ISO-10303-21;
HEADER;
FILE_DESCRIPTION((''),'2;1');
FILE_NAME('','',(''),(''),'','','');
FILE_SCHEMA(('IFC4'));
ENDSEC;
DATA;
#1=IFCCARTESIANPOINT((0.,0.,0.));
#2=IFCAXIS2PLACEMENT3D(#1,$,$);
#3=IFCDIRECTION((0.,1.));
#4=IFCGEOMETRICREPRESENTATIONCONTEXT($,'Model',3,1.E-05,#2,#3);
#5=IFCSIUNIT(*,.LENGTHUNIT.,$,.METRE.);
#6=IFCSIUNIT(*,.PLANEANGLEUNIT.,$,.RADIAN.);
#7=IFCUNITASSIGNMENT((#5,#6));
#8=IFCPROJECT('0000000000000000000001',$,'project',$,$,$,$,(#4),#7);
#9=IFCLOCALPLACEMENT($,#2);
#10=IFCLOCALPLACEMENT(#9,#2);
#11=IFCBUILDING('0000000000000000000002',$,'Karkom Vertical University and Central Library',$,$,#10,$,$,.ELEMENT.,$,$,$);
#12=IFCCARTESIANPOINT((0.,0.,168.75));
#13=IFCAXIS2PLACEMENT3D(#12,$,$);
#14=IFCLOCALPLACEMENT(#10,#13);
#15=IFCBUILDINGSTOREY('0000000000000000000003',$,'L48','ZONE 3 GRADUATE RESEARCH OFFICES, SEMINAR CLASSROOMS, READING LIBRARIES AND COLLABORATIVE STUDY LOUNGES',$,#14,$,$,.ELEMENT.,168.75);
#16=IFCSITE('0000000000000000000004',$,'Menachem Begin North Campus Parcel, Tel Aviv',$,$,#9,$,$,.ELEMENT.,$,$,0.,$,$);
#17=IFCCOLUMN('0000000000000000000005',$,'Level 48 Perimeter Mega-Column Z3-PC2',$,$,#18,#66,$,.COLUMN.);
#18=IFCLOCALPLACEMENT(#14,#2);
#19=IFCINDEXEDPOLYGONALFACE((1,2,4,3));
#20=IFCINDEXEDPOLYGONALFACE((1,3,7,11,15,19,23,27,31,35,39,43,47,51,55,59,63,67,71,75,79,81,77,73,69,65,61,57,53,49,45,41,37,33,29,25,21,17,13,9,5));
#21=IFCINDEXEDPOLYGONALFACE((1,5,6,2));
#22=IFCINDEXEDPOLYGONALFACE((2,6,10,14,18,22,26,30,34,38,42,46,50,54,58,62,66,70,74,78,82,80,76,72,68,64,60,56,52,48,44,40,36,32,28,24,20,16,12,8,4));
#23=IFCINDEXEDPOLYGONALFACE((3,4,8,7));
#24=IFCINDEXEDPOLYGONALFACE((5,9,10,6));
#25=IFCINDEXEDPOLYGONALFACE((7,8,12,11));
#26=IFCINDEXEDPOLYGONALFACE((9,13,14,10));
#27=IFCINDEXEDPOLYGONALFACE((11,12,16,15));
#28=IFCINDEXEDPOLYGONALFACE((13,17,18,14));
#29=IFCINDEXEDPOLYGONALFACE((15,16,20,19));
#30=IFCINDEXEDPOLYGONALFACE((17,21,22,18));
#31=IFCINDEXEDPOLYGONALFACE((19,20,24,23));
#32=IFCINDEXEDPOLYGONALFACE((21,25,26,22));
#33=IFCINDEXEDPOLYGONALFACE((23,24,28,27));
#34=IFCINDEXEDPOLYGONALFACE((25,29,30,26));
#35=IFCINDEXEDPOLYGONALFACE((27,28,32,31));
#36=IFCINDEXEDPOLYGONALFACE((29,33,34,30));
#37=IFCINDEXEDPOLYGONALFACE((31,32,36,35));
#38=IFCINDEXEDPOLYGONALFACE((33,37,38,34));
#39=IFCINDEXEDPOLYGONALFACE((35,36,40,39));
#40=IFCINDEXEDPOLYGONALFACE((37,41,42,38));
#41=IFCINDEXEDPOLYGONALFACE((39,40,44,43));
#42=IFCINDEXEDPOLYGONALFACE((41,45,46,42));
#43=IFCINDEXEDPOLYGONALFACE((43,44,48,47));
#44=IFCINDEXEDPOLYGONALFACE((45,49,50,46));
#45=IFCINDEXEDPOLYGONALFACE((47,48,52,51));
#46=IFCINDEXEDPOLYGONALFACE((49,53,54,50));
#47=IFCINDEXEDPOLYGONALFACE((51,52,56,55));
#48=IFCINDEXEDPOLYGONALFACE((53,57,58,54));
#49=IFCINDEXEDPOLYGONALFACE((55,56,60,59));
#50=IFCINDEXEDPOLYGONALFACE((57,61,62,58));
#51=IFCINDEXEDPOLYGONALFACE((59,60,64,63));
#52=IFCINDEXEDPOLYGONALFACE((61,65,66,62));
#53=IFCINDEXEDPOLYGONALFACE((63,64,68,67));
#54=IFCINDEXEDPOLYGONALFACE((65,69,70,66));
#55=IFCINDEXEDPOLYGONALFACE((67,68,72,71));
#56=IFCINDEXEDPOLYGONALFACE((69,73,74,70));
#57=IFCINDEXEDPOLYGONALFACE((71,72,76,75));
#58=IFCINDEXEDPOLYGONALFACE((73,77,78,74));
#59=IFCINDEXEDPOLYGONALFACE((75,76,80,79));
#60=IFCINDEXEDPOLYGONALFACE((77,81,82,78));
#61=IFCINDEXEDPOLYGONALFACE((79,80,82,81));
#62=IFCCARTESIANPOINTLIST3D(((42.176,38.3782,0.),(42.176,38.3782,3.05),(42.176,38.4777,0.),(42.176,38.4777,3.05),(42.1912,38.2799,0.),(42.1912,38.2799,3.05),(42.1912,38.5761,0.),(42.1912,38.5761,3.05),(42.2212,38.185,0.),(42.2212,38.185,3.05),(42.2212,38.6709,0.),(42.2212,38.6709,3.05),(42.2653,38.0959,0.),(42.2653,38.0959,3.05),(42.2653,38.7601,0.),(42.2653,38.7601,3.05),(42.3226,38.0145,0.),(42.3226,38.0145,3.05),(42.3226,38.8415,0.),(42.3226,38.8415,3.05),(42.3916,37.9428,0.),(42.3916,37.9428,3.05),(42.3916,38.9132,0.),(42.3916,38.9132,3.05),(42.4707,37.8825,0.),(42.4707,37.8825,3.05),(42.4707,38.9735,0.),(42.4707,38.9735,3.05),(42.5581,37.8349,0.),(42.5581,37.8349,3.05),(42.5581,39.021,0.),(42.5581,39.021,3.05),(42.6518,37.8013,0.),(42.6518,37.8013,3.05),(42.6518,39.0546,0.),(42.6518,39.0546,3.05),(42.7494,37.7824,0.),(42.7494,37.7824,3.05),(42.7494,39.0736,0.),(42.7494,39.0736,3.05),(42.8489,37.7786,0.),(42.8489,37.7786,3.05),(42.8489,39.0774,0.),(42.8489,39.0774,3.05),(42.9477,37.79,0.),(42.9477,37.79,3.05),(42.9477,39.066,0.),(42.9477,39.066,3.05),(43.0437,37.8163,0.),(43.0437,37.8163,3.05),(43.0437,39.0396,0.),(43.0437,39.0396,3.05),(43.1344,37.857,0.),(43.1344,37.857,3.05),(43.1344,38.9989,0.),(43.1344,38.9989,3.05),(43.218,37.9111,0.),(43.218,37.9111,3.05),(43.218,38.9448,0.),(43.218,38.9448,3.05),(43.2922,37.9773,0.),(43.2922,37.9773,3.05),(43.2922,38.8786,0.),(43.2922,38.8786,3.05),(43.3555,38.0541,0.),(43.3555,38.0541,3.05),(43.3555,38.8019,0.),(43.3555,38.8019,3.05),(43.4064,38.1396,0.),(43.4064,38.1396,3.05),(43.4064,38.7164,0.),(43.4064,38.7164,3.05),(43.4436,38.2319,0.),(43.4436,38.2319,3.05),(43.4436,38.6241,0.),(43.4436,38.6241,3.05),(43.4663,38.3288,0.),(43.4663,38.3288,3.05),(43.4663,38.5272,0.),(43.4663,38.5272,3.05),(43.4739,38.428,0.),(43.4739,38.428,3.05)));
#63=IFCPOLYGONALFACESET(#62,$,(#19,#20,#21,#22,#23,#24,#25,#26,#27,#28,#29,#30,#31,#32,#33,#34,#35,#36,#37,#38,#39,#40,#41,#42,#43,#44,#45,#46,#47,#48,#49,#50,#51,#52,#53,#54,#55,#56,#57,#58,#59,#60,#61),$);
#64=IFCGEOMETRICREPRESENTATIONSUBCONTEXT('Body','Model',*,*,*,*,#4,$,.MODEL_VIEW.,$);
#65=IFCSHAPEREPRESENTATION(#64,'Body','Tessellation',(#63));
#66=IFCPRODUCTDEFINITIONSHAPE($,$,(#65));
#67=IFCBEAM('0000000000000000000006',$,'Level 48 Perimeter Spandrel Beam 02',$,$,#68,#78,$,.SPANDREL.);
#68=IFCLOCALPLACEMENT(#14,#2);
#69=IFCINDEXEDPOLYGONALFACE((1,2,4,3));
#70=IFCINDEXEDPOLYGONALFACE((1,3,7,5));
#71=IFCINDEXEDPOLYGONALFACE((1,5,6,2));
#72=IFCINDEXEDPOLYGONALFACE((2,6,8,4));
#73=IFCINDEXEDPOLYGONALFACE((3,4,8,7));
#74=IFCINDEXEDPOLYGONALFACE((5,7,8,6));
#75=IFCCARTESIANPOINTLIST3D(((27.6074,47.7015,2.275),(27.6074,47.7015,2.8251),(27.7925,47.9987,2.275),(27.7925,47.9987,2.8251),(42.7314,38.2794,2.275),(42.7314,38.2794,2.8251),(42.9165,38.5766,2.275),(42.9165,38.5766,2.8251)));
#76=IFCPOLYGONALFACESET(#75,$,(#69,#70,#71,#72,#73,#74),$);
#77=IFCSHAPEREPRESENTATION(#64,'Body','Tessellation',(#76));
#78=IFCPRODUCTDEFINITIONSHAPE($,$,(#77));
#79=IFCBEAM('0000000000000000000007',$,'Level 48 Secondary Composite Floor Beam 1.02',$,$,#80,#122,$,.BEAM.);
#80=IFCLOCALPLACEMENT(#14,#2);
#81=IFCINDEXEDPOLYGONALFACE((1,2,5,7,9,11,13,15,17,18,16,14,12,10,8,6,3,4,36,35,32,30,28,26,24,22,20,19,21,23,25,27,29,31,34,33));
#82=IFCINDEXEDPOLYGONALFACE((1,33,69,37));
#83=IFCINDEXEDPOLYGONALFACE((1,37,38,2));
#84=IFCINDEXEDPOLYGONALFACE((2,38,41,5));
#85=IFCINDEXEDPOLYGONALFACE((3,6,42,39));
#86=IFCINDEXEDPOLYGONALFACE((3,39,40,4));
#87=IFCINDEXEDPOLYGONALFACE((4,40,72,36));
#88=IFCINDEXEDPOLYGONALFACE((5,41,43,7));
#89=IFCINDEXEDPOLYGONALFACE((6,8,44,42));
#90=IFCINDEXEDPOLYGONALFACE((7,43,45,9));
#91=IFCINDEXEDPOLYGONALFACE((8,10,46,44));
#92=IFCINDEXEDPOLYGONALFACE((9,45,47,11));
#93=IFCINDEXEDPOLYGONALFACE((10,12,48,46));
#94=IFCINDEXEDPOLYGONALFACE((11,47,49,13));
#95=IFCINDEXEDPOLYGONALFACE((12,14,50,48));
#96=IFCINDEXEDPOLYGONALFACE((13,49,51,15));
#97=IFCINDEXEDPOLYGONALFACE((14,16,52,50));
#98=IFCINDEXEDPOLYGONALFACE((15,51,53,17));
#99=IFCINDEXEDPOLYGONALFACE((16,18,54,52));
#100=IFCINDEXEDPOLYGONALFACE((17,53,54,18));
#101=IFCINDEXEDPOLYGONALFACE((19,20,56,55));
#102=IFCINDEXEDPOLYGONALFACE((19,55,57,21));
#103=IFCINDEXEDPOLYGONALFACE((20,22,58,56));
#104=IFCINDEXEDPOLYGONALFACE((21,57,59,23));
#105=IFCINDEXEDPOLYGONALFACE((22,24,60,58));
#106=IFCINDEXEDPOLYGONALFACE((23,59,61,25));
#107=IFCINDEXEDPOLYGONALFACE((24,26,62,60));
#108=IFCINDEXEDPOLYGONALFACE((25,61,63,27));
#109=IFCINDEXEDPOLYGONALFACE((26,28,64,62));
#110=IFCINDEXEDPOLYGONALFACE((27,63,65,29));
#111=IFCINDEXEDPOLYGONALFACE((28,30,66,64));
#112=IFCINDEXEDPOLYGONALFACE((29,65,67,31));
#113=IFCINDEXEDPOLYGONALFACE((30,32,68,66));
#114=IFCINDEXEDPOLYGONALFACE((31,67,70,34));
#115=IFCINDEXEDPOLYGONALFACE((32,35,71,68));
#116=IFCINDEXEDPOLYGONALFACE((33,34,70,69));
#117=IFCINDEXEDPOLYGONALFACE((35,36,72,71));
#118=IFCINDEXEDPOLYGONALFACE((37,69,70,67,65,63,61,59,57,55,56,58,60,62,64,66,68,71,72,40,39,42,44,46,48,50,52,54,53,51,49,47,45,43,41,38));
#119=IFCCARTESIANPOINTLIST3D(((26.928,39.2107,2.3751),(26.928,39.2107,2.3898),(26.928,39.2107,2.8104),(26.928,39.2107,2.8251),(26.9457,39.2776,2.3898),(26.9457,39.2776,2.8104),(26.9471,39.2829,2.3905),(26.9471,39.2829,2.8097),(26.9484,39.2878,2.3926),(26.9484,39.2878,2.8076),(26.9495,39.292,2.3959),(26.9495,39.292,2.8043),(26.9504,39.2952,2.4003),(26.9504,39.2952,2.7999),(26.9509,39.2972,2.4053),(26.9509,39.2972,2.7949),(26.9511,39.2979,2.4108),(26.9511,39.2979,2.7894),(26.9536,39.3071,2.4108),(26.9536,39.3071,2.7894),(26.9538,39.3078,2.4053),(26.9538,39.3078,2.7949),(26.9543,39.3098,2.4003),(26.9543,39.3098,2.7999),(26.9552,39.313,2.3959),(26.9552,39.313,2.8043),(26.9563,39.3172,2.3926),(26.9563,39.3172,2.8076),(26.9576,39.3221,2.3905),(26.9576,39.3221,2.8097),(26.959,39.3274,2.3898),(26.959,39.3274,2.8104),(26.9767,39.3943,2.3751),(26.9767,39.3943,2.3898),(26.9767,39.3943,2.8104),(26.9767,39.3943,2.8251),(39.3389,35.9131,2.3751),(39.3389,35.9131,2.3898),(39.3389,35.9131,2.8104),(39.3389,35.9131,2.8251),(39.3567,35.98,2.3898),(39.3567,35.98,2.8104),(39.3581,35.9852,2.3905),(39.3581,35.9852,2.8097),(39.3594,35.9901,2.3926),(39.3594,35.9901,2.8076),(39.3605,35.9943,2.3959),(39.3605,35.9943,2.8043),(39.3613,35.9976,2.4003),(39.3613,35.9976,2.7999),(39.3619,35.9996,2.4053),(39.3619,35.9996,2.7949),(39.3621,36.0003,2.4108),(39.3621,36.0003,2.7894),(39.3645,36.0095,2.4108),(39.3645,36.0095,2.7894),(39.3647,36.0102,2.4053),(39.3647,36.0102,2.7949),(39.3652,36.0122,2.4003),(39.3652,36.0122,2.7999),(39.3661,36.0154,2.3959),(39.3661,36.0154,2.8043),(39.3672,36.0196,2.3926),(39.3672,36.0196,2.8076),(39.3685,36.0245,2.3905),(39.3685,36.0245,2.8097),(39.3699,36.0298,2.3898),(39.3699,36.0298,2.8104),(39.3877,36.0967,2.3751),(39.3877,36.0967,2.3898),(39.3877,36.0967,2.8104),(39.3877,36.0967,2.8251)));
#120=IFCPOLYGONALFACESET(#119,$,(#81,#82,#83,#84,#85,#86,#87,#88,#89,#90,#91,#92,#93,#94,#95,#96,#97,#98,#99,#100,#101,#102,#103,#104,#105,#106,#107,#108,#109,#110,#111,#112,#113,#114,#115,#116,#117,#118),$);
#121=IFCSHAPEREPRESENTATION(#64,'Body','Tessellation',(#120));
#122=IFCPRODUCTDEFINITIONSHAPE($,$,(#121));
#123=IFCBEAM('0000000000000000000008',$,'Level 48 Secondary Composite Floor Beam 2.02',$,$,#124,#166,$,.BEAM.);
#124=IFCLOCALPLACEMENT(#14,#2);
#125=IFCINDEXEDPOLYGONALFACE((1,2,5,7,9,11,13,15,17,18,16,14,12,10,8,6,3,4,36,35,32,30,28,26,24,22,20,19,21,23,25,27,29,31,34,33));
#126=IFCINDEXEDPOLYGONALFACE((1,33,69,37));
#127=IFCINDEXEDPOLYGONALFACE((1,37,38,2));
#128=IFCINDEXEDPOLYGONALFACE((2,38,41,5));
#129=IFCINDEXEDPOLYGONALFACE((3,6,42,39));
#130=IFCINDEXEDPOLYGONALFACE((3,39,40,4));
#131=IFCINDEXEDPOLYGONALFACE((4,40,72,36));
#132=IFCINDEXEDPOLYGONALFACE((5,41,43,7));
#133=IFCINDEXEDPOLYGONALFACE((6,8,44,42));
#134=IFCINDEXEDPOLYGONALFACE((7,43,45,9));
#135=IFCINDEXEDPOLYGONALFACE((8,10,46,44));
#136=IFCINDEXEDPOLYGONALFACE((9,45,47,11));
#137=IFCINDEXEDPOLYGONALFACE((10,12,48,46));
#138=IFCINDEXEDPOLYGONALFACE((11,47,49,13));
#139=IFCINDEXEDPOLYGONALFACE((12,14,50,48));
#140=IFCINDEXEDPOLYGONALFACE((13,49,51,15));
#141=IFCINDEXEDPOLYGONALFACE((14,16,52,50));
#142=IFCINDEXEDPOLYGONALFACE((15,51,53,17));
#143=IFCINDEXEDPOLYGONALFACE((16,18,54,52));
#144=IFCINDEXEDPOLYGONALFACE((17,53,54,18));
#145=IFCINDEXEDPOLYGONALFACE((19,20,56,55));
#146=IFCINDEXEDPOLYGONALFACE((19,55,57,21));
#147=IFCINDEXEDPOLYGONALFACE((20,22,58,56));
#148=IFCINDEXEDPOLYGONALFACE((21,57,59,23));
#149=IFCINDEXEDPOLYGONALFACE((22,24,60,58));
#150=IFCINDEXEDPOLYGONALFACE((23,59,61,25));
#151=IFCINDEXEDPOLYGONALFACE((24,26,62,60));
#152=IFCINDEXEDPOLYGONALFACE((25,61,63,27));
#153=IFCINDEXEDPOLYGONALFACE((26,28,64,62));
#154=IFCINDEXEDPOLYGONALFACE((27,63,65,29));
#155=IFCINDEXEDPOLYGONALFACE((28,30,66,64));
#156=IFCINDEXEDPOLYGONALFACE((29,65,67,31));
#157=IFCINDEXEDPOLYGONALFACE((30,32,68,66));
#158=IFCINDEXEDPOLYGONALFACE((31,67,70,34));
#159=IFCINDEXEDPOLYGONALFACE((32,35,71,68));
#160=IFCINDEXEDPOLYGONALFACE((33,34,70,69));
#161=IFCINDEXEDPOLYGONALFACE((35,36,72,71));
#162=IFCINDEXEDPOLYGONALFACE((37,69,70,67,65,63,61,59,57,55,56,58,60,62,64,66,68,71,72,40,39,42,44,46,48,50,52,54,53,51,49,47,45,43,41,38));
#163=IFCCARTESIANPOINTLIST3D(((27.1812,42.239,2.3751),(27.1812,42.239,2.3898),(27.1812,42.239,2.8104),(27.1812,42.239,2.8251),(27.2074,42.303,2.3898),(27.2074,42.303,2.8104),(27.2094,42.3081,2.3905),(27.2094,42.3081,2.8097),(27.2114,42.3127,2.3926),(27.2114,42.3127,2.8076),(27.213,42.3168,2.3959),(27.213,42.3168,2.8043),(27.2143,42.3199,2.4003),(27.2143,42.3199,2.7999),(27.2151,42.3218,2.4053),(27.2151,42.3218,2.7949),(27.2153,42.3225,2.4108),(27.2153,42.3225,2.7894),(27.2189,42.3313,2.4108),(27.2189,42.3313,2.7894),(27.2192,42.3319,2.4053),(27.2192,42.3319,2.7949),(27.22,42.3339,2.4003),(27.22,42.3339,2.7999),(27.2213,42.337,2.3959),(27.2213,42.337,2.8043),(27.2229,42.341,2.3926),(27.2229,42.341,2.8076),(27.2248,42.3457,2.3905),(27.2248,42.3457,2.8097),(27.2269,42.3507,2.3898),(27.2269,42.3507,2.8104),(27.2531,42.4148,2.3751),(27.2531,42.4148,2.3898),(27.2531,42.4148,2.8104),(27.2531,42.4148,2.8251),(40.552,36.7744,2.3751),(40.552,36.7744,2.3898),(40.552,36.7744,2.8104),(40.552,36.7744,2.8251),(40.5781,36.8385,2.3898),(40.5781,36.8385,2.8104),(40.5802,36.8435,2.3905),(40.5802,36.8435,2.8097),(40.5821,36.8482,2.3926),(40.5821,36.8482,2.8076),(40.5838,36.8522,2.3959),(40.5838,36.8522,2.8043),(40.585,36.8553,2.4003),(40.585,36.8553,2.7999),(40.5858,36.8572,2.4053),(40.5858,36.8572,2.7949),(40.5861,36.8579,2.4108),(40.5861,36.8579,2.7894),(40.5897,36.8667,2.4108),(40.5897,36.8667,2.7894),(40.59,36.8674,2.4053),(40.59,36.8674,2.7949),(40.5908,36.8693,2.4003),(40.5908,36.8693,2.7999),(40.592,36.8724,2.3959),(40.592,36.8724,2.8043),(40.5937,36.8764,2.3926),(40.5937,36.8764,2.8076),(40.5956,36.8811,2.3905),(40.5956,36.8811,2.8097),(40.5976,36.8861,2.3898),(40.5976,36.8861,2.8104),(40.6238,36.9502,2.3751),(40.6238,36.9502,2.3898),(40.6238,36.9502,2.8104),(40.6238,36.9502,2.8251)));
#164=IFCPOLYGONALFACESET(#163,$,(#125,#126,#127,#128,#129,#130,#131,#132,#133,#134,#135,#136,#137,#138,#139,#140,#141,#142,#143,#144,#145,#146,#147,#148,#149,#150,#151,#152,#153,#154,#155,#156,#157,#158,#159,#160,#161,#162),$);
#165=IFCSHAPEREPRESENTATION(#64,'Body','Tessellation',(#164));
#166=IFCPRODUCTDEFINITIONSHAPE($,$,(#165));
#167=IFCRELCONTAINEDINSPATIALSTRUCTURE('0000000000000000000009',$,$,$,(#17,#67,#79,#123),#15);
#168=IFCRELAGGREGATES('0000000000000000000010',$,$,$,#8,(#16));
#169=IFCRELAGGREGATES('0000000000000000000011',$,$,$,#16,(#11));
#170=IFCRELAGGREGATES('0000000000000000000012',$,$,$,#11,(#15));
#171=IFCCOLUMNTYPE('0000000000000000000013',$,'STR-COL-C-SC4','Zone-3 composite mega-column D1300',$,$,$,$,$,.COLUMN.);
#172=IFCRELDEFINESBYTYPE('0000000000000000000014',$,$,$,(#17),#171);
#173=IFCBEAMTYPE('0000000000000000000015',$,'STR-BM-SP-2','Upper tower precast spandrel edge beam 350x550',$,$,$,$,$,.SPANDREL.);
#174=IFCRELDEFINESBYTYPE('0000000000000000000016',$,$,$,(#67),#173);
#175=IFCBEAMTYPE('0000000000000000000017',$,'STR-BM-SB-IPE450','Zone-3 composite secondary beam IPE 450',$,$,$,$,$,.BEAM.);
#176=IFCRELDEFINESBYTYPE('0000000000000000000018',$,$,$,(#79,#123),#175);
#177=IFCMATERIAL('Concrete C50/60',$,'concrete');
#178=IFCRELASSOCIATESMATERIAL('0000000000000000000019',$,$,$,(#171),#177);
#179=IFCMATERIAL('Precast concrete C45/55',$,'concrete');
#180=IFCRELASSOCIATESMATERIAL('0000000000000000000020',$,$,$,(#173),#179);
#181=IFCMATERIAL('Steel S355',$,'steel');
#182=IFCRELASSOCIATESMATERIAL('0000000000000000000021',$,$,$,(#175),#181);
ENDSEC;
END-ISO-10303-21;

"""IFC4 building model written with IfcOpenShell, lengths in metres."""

from ifc_helpers import new_model, si_unit, direction, frame, origin, origin_with_axes, origin_2d, place, context, subcontext, project, spatial, rectangle, circle, i_section, extrude, source, transform, mapped, material, material_profile, profile_set, type_object, element, save


model = new_model("IFC4")

# Units and contexts
model_context = context("Model", 3, precision=1e-05, world=origin(), true_north=direction((0.0, 1.0)))
body_context = subcontext(model_context, "Body", "Model", "MODEL_VIEW")
ifc_project = project(units=[si_unit("LENGTHUNIT", "METRE"), si_unit("PLANEANGLEUNIT", "RADIAN")], contexts=[model_context])

# Site, building, storey
site_placement = place(None, origin())
site = spatial("IfcSite", under=ifc_project, at=site_placement, Name="Menachem Begin North Campus Parcel, Tel Aviv", CompositionType="ELEMENT", RefElevation=0.0)
building_placement = place(site_placement, origin())
building = spatial("IfcBuilding", under=site, at=building_placement, Name="Karkom Vertical University and Central Library", CompositionType="ELEMENT")
storey_placement = place(building_placement, frame((0.0, 0.0, 168.75)))
storey = spatial("IfcBuildingStorey", under=building, at=storey_placement, Name="L48", Description="ZONE 3 GRADUATE RESEARCH OFFICES, SEMINAR CLASSROOMS, READING LIBRARIES AND COLLABORATIVE STUDY LOUNGES", CompositionType="ELEMENT", Elevation=168.75)

# Column
ifc_material_1 = material(Name="Concrete C50/60", Category="concrete")
ifc_material_profile_1 = material_profile(ifc_material_1, circle(Radius=0.6499, at=origin_2d()), Name="CFT-D1300")
ifc_profile_set_1 = profile_set([ifc_material_profile_1], Name="Concrete C50/60")
column_type = type_object("IfcColumnType", Name="STR-COL-C-SC4", Description="Zone-3 composite mega-column D1300", PredefinedType="COLUMN", material=ifc_profile_set_1)
shared_shape_1 = source(origin_with_axes(), body_context, "Body", "SweptSolid", [
    extrude(circle(Radius=0.6499, at=origin_2d()), origin(), (0.0, 0.0, 1.0), 3.05),
])
column_placement = place(storey_placement, frame((42.824, 38.428, 0.0), z_axis=(0.0, 0.0, 1.0), x_axis=(1.0, 0.0, 0.0)))
element("IfcColumn", 1, at=column_placement, inside=storey, type_object=column_type, Name="Level 48 Perimeter Mega-Column Z3-PC2", PredefinedType="COLUMN", context=body_context, shape_type="MappedRepresentation", body=[
    mapped(shared_shape_1, transform((0.0, 0.0, 0.0), scale=1.0)),
])

# Beams
ifc_material_2 = material(Name="Precast concrete C45/55", Category="concrete")
ifc_material_profile_2 = material_profile(ifc_material_2, rectangle(XDim=0.3501, YDim=0.55, at=origin_2d()), Name="SPB-350x550")
ifc_profile_set_2 = profile_set([ifc_material_profile_2], Name="Precast concrete C45/55")
beam_type_1 = type_object("IfcBeamType", Name="STR-BM-SP-2", Description="Upper tower precast spandrel edge beam 350x550", PredefinedType="SPANDREL", material=ifc_profile_set_2)
shared_shape_2 = source(origin_with_axes(), body_context, "Body", "SweptSolid", [
    extrude(rectangle(XDim=0.3501, YDim=0.55, at=origin_2d()), origin(), (0.0, 0.0, 1.0), 17.8188),
])
beam_1_placement = place(storey_placement, frame((42.824, 38.428, 2.55), z_axis=(-0.848764, 0.528772, 0.0), x_axis=(-0.528772, -0.848764, 0.0)))
element("IfcBeam", 2, at=beam_1_placement, inside=storey, type_object=beam_type_1, Name="Level 48 Perimeter Spandrel Beam 02", PredefinedType="SPANDREL", context=body_context, shape_type="MappedRepresentation", body=[
    mapped(shared_shape_2, transform((0.0, 0.0, 0.0), scale=1.0)),
])
ifc_material_3 = material(Name="Steel S355", Category="steel")
ifc_material_profile_3 = material_profile(ifc_material_3, i_section(OverallWidth=0.1899, OverallDepth=0.45, WebThickness=0.0095, FlangeThickness=0.0146, FilletRadius=0.021, at=origin_2d()), Name="IPE 450")
ifc_profile_set_3 = profile_set([ifc_material_profile_3], Name="Steel S355")
beam_type_2 = type_object("IfcBeamType", Name="STR-BM-SB-IPE450", Description="Zone-3 composite secondary beam IPE 450", PredefinedType="BEAM", material=ifc_profile_set_3)
shared_shape_3 = source(origin_with_axes(), body_context, "Body", "SweptSolid", [
    extrude(i_section(OverallWidth=0.1899, OverallDepth=0.45, WebThickness=0.0095, FlangeThickness=0.0146, FilletRadius=0.021, at=origin_2d()), origin(), (0.0, 0.0, 1.0), 12.8416),
])
beam_2_placement = place(storey_placement, frame((39.3633, 36.0049, 2.6001), z_axis=(-0.966466, 0.256793, 0.0), x_axis=(-0.256793, -0.966466, 0.0)))
element("IfcBeam", 3, at=beam_2_placement, inside=storey, type_object=beam_type_2, Name="Level 48 Secondary Composite Floor Beam 1.02", PredefinedType="BEAM", context=body_context, shape_type="MappedRepresentation", body=[
    mapped(shared_shape_3, transform((0.0, 0.0, 0.0), scale=1.0)),
])
shared_shape_4 = source(origin_with_axes(), body_context, "Body", "SweptSolid", [
    extrude(i_section(OverallWidth=0.1899, OverallDepth=0.45, WebThickness=0.0095, FlangeThickness=0.0146, FilletRadius=0.021, at=origin_2d()), origin(), (0.0, 0.0, 1.0), 14.4443),
])
beam_3_placement = place(storey_placement, frame((40.5879, 36.8623, 2.6001), z_axis=(-0.925675, 0.378319, 0.0), x_axis=(-0.378319, -0.925675, 0.0)))
element("IfcBeam", 4, at=beam_3_placement, inside=storey, type_object=beam_type_2, Name="Level 48 Secondary Composite Floor Beam 2.02", PredefinedType="BEAM", context=body_context, shape_type="MappedRepresentation", body=[
    mapped(shared_shape_4, transform((0.0, 0.0, 0.0), scale=1.0)),
])

save(model, "model.ifc")
